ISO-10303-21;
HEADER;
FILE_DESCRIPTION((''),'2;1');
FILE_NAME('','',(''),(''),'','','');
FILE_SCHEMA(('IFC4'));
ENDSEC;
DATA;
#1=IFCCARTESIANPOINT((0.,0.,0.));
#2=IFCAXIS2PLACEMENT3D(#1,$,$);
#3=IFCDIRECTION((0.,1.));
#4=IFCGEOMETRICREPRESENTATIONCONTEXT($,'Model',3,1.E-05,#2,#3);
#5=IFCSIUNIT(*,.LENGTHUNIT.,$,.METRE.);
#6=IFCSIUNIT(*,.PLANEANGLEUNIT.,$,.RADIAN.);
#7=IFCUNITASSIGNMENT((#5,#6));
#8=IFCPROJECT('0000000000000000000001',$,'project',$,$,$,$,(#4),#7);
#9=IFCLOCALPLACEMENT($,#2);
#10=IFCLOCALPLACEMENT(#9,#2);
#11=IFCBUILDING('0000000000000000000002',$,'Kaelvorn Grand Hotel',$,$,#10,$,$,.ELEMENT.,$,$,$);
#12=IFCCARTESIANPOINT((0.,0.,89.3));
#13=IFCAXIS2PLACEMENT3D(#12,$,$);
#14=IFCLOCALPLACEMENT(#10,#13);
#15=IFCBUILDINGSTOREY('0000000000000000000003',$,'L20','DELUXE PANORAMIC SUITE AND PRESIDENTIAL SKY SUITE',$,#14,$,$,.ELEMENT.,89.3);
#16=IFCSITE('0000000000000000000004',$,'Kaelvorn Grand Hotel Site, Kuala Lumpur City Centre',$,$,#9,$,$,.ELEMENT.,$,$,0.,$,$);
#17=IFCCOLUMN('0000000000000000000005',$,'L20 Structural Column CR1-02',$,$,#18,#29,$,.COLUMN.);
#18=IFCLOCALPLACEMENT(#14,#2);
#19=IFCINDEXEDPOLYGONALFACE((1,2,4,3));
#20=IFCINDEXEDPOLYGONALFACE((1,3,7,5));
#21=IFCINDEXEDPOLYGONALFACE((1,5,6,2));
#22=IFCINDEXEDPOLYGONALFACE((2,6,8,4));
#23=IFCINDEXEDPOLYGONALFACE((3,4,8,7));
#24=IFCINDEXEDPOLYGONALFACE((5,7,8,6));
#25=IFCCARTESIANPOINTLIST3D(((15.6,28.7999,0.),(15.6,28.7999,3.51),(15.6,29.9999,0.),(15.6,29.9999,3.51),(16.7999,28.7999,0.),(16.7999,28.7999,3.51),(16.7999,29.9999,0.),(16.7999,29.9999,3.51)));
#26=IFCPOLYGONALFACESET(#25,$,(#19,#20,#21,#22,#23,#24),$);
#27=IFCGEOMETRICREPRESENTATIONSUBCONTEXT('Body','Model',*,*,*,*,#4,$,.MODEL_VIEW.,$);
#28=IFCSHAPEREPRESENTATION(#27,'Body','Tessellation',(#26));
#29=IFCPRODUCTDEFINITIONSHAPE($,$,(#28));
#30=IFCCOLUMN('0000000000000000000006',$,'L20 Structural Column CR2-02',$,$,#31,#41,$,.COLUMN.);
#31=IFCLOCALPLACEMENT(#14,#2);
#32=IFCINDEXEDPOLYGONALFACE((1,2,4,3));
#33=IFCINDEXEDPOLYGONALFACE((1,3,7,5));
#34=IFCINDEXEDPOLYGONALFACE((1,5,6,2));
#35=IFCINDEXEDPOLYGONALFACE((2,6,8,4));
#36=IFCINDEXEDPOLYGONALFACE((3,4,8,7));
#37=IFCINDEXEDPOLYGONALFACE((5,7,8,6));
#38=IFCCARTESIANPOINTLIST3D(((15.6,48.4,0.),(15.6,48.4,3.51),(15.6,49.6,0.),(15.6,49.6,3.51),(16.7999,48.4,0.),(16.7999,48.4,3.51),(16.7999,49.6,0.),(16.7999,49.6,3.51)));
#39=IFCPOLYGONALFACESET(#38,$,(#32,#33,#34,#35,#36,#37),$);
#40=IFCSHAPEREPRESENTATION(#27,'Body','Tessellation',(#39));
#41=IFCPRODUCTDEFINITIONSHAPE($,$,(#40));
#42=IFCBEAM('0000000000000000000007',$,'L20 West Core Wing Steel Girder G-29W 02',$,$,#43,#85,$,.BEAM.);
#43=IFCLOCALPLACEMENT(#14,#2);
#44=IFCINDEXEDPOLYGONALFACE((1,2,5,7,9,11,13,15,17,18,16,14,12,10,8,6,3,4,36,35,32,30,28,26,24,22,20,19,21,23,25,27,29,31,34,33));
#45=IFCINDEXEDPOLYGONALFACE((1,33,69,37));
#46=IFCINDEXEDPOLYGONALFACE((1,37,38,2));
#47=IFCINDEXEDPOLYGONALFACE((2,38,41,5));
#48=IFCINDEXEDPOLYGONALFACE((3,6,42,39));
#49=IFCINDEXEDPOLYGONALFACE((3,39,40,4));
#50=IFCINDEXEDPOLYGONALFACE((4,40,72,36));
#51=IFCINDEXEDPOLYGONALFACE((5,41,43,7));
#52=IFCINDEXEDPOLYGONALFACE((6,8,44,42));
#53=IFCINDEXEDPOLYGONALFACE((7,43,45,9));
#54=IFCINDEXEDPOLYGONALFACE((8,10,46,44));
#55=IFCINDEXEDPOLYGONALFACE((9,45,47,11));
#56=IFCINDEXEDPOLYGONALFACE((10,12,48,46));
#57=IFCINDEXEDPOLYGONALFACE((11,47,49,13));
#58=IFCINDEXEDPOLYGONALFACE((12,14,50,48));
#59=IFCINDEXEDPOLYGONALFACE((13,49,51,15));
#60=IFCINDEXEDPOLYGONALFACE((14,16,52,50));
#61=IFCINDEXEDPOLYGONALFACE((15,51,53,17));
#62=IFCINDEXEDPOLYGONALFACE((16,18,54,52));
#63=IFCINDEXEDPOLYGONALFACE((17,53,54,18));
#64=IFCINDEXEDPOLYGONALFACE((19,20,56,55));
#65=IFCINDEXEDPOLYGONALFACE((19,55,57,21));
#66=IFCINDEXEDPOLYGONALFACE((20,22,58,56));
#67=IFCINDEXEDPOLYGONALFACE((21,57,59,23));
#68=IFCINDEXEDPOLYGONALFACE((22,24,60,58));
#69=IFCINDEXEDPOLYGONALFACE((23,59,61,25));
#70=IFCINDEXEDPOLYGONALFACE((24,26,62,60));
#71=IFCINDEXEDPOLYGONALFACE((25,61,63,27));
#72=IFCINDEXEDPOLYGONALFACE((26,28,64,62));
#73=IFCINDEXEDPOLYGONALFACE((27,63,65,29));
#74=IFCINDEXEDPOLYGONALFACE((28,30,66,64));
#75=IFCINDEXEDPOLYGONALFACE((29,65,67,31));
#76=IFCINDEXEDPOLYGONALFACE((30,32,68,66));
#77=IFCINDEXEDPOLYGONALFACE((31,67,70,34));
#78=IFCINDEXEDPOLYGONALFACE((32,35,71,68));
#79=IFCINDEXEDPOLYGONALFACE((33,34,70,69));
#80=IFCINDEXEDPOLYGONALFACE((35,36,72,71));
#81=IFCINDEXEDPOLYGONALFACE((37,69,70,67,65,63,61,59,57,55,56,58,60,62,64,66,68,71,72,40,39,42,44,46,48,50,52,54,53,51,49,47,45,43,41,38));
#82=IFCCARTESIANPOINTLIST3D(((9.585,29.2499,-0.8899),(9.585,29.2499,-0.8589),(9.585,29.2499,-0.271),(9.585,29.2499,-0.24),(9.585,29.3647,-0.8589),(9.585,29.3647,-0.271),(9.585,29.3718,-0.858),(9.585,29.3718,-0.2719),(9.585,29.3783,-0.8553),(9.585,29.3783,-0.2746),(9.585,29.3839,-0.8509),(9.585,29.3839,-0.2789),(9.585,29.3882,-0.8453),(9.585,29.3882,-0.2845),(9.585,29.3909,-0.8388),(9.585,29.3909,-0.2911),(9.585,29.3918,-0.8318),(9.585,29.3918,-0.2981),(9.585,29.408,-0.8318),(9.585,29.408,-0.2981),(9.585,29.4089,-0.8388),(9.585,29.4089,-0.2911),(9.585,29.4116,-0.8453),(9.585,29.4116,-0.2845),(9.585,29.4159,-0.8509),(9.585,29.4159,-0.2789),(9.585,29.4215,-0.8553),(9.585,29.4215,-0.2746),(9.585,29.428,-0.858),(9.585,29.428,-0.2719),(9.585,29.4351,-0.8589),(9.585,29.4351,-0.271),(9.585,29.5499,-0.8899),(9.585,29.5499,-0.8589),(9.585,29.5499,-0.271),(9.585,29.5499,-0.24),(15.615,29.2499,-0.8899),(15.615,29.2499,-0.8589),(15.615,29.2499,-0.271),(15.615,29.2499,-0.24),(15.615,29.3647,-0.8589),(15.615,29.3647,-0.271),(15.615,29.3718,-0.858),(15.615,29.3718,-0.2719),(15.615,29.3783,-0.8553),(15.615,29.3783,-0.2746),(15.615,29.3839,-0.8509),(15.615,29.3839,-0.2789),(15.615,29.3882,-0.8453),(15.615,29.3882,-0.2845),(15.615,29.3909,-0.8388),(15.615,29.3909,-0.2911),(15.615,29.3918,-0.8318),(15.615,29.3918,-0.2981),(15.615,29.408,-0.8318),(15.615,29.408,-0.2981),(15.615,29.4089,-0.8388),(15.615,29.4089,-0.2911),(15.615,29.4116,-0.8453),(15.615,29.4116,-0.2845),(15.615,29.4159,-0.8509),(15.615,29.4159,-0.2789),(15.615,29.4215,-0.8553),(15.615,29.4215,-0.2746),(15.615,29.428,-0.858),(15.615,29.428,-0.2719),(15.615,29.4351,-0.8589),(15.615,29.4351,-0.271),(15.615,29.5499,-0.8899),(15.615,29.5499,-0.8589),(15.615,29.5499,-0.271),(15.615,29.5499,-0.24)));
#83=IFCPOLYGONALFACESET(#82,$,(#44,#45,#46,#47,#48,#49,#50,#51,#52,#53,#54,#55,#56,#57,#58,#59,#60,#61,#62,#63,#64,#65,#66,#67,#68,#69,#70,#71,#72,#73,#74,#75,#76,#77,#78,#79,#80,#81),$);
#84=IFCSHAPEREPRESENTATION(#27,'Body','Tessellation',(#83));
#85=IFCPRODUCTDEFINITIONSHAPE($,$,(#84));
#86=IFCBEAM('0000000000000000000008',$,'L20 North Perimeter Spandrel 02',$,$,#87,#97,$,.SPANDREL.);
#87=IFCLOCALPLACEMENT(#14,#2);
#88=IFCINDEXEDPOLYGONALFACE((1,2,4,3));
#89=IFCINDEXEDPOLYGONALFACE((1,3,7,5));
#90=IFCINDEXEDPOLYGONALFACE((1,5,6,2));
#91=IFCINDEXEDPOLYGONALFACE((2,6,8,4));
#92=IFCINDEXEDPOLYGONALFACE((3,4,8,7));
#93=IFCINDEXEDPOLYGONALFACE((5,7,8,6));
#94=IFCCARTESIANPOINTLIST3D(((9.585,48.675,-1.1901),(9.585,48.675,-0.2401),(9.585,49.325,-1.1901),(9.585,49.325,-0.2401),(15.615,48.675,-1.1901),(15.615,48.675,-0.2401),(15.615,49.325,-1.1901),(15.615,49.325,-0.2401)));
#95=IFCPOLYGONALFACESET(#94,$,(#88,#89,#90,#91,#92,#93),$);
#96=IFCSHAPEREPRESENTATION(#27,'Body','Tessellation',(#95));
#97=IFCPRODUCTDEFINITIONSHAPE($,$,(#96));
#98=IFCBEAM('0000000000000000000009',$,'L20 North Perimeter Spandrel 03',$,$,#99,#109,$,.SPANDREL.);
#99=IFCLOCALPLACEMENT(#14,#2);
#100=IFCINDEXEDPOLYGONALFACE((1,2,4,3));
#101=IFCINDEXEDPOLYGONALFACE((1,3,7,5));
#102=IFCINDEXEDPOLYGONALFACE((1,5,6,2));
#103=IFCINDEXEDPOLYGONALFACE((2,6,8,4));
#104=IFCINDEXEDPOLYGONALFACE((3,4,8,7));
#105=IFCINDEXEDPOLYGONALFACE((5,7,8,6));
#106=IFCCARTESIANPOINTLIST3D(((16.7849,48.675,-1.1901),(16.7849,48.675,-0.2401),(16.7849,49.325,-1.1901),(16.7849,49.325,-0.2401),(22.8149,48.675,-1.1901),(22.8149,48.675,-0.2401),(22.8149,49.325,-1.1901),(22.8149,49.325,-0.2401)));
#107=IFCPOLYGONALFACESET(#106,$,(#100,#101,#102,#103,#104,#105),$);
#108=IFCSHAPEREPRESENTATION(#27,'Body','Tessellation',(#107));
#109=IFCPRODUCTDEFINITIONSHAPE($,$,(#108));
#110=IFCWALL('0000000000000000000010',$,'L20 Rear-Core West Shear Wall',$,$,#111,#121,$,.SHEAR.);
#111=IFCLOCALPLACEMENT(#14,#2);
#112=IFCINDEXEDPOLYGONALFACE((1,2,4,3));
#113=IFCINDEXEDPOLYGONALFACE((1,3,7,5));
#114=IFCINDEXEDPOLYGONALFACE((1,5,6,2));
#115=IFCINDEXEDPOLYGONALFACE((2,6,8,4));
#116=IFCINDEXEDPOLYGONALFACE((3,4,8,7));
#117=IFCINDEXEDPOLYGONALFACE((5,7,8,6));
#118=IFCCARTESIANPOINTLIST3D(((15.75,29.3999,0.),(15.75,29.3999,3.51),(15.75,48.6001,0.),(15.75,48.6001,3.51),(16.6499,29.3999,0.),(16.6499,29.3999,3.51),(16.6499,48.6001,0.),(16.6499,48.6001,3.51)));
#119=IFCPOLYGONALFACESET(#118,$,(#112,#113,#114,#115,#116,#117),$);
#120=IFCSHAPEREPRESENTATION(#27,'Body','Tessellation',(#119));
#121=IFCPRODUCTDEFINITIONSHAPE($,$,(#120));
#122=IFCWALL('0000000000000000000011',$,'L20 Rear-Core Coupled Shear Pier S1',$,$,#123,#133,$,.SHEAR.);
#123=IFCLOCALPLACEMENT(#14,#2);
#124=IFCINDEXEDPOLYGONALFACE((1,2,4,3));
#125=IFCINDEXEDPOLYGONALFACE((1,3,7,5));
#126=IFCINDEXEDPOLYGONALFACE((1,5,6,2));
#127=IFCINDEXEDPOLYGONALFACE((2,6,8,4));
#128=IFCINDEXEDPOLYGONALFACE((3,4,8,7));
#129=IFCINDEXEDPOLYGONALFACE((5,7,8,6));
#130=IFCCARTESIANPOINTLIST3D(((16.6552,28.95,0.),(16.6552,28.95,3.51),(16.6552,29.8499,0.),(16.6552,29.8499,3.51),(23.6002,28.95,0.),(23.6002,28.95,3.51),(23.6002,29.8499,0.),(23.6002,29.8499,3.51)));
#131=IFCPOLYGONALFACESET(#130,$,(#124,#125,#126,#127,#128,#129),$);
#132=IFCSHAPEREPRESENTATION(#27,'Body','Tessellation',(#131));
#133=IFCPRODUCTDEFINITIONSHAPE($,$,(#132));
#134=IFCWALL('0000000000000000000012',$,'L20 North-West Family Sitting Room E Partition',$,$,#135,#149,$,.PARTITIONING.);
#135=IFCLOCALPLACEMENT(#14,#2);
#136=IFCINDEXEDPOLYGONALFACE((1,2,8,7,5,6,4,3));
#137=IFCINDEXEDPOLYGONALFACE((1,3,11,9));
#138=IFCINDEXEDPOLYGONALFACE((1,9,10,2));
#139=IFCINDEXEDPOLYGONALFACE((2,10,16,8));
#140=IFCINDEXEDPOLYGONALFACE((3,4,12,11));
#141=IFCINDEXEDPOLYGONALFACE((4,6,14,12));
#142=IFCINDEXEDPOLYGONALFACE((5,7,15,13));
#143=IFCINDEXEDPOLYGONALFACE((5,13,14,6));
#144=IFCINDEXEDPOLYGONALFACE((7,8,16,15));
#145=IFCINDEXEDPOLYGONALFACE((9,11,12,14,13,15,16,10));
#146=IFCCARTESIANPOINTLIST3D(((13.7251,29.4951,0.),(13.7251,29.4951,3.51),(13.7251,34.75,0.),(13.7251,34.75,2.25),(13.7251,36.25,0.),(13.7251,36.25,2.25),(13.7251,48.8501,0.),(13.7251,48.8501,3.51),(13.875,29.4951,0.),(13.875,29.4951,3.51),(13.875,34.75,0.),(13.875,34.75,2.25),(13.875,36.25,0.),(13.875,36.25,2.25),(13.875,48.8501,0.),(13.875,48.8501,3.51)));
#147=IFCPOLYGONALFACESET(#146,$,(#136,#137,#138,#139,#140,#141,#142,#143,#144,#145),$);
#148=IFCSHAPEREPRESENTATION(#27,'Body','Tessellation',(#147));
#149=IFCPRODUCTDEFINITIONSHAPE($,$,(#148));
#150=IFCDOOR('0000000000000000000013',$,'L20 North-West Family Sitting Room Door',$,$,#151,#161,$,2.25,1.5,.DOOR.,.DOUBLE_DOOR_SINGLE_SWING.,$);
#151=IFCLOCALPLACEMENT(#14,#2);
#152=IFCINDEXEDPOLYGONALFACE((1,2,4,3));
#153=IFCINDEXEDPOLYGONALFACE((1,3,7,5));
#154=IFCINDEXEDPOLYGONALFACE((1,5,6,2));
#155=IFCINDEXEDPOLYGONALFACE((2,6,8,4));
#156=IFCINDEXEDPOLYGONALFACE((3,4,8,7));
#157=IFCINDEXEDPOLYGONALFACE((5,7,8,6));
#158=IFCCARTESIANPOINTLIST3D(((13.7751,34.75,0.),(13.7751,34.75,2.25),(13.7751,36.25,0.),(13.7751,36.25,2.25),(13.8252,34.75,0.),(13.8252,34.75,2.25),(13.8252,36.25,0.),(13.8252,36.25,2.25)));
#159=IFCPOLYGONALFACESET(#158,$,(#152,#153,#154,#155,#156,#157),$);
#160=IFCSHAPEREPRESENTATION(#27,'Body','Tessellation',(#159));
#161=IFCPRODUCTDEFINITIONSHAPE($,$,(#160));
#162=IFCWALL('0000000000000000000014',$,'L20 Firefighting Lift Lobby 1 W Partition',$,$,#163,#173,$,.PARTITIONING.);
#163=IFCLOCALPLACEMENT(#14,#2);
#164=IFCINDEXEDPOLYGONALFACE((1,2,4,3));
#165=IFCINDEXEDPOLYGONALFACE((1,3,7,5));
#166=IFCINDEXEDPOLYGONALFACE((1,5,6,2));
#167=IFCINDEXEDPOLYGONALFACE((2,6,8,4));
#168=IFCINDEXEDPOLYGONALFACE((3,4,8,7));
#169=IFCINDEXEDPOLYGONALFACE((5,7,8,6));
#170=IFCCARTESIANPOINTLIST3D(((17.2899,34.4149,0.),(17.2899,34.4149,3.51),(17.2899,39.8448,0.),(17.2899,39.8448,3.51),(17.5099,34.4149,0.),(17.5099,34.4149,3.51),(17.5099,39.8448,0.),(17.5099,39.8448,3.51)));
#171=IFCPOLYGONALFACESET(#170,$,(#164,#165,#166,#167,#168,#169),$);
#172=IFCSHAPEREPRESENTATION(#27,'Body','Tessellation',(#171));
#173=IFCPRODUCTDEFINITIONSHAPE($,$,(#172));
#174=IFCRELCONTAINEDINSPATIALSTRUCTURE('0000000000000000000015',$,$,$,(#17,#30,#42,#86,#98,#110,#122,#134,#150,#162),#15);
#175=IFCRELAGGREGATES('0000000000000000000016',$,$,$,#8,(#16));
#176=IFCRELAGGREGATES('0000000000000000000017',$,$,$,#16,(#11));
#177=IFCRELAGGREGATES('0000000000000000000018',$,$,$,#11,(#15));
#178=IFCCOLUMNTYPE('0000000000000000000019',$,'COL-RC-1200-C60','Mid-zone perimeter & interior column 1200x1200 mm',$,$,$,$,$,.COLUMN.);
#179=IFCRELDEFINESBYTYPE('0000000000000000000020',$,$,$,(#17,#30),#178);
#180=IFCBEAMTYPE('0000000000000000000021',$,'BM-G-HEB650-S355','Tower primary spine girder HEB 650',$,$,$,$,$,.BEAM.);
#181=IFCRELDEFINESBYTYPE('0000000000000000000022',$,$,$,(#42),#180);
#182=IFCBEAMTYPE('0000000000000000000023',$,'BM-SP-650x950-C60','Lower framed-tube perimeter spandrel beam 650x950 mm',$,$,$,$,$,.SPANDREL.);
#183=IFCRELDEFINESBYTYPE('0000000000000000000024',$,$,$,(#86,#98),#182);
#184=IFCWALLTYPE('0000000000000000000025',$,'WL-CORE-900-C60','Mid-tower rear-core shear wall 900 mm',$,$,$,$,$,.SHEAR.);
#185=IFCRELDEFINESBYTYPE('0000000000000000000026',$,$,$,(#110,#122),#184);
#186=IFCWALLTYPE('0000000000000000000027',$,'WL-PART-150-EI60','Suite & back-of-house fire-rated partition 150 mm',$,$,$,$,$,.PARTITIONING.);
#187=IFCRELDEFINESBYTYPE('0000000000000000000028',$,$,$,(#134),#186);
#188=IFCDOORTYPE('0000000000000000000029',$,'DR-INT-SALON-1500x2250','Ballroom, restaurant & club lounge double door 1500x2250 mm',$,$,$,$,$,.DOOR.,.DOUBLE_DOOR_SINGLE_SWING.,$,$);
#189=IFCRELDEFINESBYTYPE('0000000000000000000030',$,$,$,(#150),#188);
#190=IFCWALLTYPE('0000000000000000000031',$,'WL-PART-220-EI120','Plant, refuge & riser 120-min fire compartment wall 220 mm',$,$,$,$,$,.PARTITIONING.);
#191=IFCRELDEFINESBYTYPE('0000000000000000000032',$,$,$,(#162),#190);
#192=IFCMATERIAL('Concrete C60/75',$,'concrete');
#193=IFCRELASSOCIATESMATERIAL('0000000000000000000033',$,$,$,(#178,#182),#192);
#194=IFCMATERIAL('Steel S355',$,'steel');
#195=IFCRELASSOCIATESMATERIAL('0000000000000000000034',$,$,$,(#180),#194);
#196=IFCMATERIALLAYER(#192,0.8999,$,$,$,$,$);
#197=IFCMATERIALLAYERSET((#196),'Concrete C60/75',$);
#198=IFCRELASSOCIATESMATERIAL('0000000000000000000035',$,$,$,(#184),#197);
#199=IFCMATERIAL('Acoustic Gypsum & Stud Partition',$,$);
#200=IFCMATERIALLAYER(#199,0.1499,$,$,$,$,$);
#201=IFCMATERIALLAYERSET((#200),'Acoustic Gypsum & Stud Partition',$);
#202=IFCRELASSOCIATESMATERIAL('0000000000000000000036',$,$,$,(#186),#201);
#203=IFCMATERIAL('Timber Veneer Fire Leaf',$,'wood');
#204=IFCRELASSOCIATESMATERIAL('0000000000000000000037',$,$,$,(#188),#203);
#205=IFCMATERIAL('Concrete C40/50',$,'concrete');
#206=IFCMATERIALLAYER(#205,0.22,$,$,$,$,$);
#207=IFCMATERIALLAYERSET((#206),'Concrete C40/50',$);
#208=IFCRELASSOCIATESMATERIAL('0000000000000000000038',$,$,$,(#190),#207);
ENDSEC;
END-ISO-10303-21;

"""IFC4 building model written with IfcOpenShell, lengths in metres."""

from ifc_helpers import new_model, si_unit, direction, frame, frame_2d, origin, origin_2d, place, context, subcontext, project, spatial, rectangle, i_section, extrude, material, layer, layer_set, material_profile, profile_set, type_object, element, fill, save


model = new_model("IFC4")

# Units and contexts
model_context = context("Model", 3, precision=1e-05, world=origin(), true_north=direction((0.0, 1.0)))
body_context = subcontext(model_context, "Body", "Model", "MODEL_VIEW")
ifc_project = project(units=[si_unit("LENGTHUNIT", "METRE"), si_unit("PLANEANGLEUNIT", "RADIAN")], contexts=[model_context])

# Site, building, storey
site_placement = place(None, origin())
site = spatial("IfcSite", under=ifc_project, at=site_placement, Name="Kaelvorn Grand Hotel Site, Kuala Lumpur City Centre", CompositionType="ELEMENT", RefElevation=0.0)
building_placement = place(site_placement, origin())
building = spatial("IfcBuilding", under=site, at=building_placement, Name="Kaelvorn Grand Hotel", CompositionType="ELEMENT")
storey_placement = place(building_placement, frame((0.0, 0.0, 89.3)))
storey = spatial("IfcBuildingStorey", under=building, at=storey_placement, Name="L20", Description="DELUXE PANORAMIC SUITE AND PRESIDENTIAL SKY SUITE", CompositionType="ELEMENT", Elevation=89.3)

# Columns
ifc_material_1 = material(Name="Concrete C60/75", Category="concrete")
ifc_material_profile_1 = material_profile(ifc_material_1, rectangle(XDim=1.2, YDim=1.2, at=origin_2d()), Name="RC COL 1200x1200")
ifc_profile_set_1 = profile_set([ifc_material_profile_1], Name="Concrete C60/75")
column_type = type_object("IfcColumnType", Name="COL-RC-1200-C60", Description="Mid-zone perimeter & interior column 1200x1200 mm", PredefinedType="COLUMN", material=ifc_profile_set_1)
for number, where, z_axis, x_axis, name in (
    (1, (16.2, 29.3999, 0.0), (0.0, 0.0, 1.0), (1.0, 0.0, 0.0), "L20 Structural Column CR1-02"),
    (2, (16.2, 49.0, 0.0), (0.0, 0.0, 1.0), (1.0, 0.0, 0.0), "L20 Structural Column CR2-02"),
):
    element("IfcColumn", number, at=place(storey_placement, frame(where, z_axis=z_axis, x_axis=x_axis)), inside=storey, type_object=column_type, Name=name, PredefinedType="COLUMN", context=body_context, shape_type="SweptSolid", body=[
        extrude(rectangle(XDim=1.2, YDim=1.2, at=origin_2d()), origin(), (0.0, 0.0, 1.0), 3.51),
    ])

# Beams
ifc_material_2 = material(Name="Steel S355", Category="steel")
ifc_material_profile_2 = material_profile(ifc_material_2, i_section(OverallWidth=0.3, OverallDepth=0.6499, WebThickness=0.0161, FlangeThickness=0.031, FilletRadius=0.0271, at=origin_2d()), Name="HEB 650")
ifc_profile_set_2 = profile_set([ifc_material_profile_2], Name="Steel S355")
beam_type_1 = type_object("IfcBeamType", Name="BM-G-HEB650-S355", Description="Tower primary spine girder HEB 650", PredefinedType="BEAM", material=ifc_profile_set_2)
beam_placement = place(storey_placement, frame((9.585, 29.3999, -0.5649), z_axis=(1.0, 0.0, 0.0), x_axis=(0.0, 1.0, 0.0)))
element("IfcBeam", 3, at=beam_placement, inside=storey, type_object=beam_type_1, Name="L20 West Core Wing Steel Girder G-29W 02", PredefinedType="BEAM", context=body_context, shape_type="SweptSolid", body=[
    extrude(i_section(OverallWidth=0.3, OverallDepth=0.6499, WebThickness=0.0161, FlangeThickness=0.031, FilletRadius=0.0271, at=origin_2d()), origin(), (0.0, 0.0, 1.0), 6.03),
])
ifc_material_profile_3 = material_profile(ifc_material_1, rectangle(XDim=0.6499, YDim=0.95, at=origin_2d()), Name="RC SPANDREL 650x950")
ifc_profile_set_3 = profile_set([ifc_material_profile_3], Name="Concrete C60/75")
beam_type_2 = type_object("IfcBeamType", Name="BM-SP-650x950-C60", Description="Lower framed-tube perimeter spandrel beam 650x950 mm", PredefinedType="SPANDREL", material=ifc_profile_set_3)
for number, where, z_axis, x_axis, name in (
    (4, (9.585, 49.0, -0.7151), (1.0, 0.0, 0.0), (0.0, 1.0, 0.0), "L20 North Perimeter Spandrel 02"),
    (5, (16.7849, 49.0, -0.7151), (1.0, 0.0, 0.0), (0.0, 1.0, 0.0), "L20 North Perimeter Spandrel 03"),
):
    element("IfcBeam", number, at=place(storey_placement, frame(where, z_axis=z_axis, x_axis=x_axis)), inside=storey, type_object=beam_type_2, Name=name, PredefinedType="SPANDREL", context=body_context, shape_type="SweptSolid", body=[
        extrude(rectangle(XDim=0.6499, YDim=0.95, at=origin_2d()), origin(), (0.0, 0.0, 1.0), 6.03),
    ])

# Walls
ifc_layer_1 = layer(ifc_material_1, 0.8999)
ifc_layer_set_1 = layer_set([ifc_layer_1], Name="Concrete C60/75")
wall_type_1 = type_object("IfcWallType", Name="WL-CORE-900-C60", Description="Mid-tower rear-core shear wall 900 mm", PredefinedType="SHEAR", material=ifc_layer_set_1)
wall_1_placement = place(storey_placement, frame((16.2, 29.3999, 0.0), z_axis=(0.0, 0.0, 1.0), x_axis=(0.0, 1.0, 0.0)))
element("IfcWall", 6, at=wall_1_placement, inside=storey, type_object=wall_type_1, Name="L20 Rear-Core West Shear Wall", PredefinedType="SHEAR", context=body_context, shape_type="SweptSolid", body=[
    extrude(rectangle(XDim=19.2002, YDim=0.8999, at=frame_2d((9.6001, 0.0))), origin(), (0.0, 0.0, 1.0), 3.51),
])
wall_2_placement = place(storey_placement, frame((16.655, 29.3999, 0.0), z_axis=(0.0, 0.0, 1.0), x_axis=(1.0, 0.0, 0.0)))
element("IfcWall", 7, at=wall_2_placement, inside=storey, type_object=wall_type_1, Name="L20 Rear-Core Coupled Shear Pier S1", PredefinedType="SHEAR", context=body_context, shape_type="SweptSolid", body=[
    extrude(rectangle(XDim=6.9451, YDim=0.8999, at=frame_2d((3.4727, 0.0))), origin(), (0.0, 0.0, 1.0), 3.51),
])

# Wall, opening, door
ifc_material_3 = material(Name="Acoustic Gypsum & Stud Partition")
ifc_layer_2 = layer(ifc_material_3, 0.1499)
ifc_layer_set_2 = layer_set([ifc_layer_2], Name="Acoustic Gypsum & Stud Partition")
wall_type_2 = type_object("IfcWallType", Name="WL-PART-150-EI60", Description="Suite & back-of-house fire-rated partition 150 mm", PredefinedType="PARTITIONING", material=ifc_layer_set_2)
wall_3_placement = place(storey_placement, frame((13.8, 29.4951, 0.0), z_axis=(0.0, 0.0, 1.0), x_axis=(0.0, 1.0, 0.0)))
wall_3 = element("IfcWall", 8, at=wall_3_placement, inside=storey, type_object=wall_type_2, Name="L20 North-West Family Sitting Room E Partition", PredefinedType="PARTITIONING", context=body_context, shape_type="SweptSolid", body=[
    extrude(rectangle(XDim=19.355, YDim=0.1499, at=frame_2d((9.6775, 0.0))), origin(), (0.0, 0.0, 1.0), 3.51),
])
opening_1_placement = place(wall_3_placement, frame((5.2549, 0.0, 0.0)))
opening_1 = element("IfcOpeningElement", 9, at=opening_1_placement, cuts=wall_3, PredefinedType="OPENING", context=body_context, shape_type="SweptSolid", body=[
    extrude(rectangle(XDim=1.5, YDim=2.25, at=frame_2d((0.75, 1.125))), frame((0.0, 0.085, 0.0), z_axis=(0.0, -1.0, 0.0), x_axis=(1.0, 0.0, 0.0)), (0.0, 0.0, 1.0), 0.1699),
])
ifc_material_4 = material(Name="Timber Veneer Fire Leaf", Category="wood")
door_type_1 = type_object("IfcDoorType", Name="DR-INT-SALON-1500x2250", Description="Ballroom, restaurant & club lounge double door 1500x2250 mm", OperationType="DOUBLE_DOOR_SINGLE_SWING", PredefinedType="DOOR", material=ifc_material_4)
door_1_placement = place(opening_1_placement, origin())
door_1 = element("IfcDoor", 10, at=door_1_placement, inside=storey, type_object=door_type_1, Name="L20 North-West Family Sitting Room Door", OperationType="DOUBLE_DOOR_SINGLE_SWING", OverallHeight=2.25, OverallWidth=1.5, PredefinedType="DOOR", context=body_context, shape_type="SweptSolid", body=[
    extrude(rectangle(XDim=1.5, YDim=2.25, at=frame_2d((0.75, 1.125))), frame((0.0, 0.0249, 0.0), z_axis=(0.0, -1.0, 0.0), x_axis=(1.0, 0.0, 0.0)), (0.0, 0.0, 1.0), 0.05),
])
fill(opening_1, door_1)
ifc_material_5 = material(Name="Concrete C40/50", Category="concrete")
ifc_layer_3 = layer(ifc_material_5, 0.22)
ifc_layer_set_3 = layer_set([ifc_layer_3], Name="Concrete C40/50")
wall_type_3 = type_object("IfcWallType", Name="WL-PART-220-EI120", Description="Plant, refuge & riser 120-min fire compartment wall 220 mm", PredefinedType="PARTITIONING", material=ifc_layer_set_3)

# Wall
wall_4_placement = place(storey_placement, frame((17.3999, 34.415, 0.0), z_axis=(0.0, 0.0, 1.0), x_axis=(0.0, 1.0, 0.0)))
element("IfcWall", 11, at=wall_4_placement, inside=storey, type_object=wall_type_3, Name="L20 Firefighting Lift Lobby 1 W Partition", PredefinedType="PARTITIONING", context=body_context, shape_type="SweptSolid", body=[
    extrude(rectangle(XDim=5.4299, YDim=0.22, at=frame_2d((2.7148, 0.0))), origin(), (0.0, 0.0, 1.0), 3.51),
])

save(model, "model.ifc")
